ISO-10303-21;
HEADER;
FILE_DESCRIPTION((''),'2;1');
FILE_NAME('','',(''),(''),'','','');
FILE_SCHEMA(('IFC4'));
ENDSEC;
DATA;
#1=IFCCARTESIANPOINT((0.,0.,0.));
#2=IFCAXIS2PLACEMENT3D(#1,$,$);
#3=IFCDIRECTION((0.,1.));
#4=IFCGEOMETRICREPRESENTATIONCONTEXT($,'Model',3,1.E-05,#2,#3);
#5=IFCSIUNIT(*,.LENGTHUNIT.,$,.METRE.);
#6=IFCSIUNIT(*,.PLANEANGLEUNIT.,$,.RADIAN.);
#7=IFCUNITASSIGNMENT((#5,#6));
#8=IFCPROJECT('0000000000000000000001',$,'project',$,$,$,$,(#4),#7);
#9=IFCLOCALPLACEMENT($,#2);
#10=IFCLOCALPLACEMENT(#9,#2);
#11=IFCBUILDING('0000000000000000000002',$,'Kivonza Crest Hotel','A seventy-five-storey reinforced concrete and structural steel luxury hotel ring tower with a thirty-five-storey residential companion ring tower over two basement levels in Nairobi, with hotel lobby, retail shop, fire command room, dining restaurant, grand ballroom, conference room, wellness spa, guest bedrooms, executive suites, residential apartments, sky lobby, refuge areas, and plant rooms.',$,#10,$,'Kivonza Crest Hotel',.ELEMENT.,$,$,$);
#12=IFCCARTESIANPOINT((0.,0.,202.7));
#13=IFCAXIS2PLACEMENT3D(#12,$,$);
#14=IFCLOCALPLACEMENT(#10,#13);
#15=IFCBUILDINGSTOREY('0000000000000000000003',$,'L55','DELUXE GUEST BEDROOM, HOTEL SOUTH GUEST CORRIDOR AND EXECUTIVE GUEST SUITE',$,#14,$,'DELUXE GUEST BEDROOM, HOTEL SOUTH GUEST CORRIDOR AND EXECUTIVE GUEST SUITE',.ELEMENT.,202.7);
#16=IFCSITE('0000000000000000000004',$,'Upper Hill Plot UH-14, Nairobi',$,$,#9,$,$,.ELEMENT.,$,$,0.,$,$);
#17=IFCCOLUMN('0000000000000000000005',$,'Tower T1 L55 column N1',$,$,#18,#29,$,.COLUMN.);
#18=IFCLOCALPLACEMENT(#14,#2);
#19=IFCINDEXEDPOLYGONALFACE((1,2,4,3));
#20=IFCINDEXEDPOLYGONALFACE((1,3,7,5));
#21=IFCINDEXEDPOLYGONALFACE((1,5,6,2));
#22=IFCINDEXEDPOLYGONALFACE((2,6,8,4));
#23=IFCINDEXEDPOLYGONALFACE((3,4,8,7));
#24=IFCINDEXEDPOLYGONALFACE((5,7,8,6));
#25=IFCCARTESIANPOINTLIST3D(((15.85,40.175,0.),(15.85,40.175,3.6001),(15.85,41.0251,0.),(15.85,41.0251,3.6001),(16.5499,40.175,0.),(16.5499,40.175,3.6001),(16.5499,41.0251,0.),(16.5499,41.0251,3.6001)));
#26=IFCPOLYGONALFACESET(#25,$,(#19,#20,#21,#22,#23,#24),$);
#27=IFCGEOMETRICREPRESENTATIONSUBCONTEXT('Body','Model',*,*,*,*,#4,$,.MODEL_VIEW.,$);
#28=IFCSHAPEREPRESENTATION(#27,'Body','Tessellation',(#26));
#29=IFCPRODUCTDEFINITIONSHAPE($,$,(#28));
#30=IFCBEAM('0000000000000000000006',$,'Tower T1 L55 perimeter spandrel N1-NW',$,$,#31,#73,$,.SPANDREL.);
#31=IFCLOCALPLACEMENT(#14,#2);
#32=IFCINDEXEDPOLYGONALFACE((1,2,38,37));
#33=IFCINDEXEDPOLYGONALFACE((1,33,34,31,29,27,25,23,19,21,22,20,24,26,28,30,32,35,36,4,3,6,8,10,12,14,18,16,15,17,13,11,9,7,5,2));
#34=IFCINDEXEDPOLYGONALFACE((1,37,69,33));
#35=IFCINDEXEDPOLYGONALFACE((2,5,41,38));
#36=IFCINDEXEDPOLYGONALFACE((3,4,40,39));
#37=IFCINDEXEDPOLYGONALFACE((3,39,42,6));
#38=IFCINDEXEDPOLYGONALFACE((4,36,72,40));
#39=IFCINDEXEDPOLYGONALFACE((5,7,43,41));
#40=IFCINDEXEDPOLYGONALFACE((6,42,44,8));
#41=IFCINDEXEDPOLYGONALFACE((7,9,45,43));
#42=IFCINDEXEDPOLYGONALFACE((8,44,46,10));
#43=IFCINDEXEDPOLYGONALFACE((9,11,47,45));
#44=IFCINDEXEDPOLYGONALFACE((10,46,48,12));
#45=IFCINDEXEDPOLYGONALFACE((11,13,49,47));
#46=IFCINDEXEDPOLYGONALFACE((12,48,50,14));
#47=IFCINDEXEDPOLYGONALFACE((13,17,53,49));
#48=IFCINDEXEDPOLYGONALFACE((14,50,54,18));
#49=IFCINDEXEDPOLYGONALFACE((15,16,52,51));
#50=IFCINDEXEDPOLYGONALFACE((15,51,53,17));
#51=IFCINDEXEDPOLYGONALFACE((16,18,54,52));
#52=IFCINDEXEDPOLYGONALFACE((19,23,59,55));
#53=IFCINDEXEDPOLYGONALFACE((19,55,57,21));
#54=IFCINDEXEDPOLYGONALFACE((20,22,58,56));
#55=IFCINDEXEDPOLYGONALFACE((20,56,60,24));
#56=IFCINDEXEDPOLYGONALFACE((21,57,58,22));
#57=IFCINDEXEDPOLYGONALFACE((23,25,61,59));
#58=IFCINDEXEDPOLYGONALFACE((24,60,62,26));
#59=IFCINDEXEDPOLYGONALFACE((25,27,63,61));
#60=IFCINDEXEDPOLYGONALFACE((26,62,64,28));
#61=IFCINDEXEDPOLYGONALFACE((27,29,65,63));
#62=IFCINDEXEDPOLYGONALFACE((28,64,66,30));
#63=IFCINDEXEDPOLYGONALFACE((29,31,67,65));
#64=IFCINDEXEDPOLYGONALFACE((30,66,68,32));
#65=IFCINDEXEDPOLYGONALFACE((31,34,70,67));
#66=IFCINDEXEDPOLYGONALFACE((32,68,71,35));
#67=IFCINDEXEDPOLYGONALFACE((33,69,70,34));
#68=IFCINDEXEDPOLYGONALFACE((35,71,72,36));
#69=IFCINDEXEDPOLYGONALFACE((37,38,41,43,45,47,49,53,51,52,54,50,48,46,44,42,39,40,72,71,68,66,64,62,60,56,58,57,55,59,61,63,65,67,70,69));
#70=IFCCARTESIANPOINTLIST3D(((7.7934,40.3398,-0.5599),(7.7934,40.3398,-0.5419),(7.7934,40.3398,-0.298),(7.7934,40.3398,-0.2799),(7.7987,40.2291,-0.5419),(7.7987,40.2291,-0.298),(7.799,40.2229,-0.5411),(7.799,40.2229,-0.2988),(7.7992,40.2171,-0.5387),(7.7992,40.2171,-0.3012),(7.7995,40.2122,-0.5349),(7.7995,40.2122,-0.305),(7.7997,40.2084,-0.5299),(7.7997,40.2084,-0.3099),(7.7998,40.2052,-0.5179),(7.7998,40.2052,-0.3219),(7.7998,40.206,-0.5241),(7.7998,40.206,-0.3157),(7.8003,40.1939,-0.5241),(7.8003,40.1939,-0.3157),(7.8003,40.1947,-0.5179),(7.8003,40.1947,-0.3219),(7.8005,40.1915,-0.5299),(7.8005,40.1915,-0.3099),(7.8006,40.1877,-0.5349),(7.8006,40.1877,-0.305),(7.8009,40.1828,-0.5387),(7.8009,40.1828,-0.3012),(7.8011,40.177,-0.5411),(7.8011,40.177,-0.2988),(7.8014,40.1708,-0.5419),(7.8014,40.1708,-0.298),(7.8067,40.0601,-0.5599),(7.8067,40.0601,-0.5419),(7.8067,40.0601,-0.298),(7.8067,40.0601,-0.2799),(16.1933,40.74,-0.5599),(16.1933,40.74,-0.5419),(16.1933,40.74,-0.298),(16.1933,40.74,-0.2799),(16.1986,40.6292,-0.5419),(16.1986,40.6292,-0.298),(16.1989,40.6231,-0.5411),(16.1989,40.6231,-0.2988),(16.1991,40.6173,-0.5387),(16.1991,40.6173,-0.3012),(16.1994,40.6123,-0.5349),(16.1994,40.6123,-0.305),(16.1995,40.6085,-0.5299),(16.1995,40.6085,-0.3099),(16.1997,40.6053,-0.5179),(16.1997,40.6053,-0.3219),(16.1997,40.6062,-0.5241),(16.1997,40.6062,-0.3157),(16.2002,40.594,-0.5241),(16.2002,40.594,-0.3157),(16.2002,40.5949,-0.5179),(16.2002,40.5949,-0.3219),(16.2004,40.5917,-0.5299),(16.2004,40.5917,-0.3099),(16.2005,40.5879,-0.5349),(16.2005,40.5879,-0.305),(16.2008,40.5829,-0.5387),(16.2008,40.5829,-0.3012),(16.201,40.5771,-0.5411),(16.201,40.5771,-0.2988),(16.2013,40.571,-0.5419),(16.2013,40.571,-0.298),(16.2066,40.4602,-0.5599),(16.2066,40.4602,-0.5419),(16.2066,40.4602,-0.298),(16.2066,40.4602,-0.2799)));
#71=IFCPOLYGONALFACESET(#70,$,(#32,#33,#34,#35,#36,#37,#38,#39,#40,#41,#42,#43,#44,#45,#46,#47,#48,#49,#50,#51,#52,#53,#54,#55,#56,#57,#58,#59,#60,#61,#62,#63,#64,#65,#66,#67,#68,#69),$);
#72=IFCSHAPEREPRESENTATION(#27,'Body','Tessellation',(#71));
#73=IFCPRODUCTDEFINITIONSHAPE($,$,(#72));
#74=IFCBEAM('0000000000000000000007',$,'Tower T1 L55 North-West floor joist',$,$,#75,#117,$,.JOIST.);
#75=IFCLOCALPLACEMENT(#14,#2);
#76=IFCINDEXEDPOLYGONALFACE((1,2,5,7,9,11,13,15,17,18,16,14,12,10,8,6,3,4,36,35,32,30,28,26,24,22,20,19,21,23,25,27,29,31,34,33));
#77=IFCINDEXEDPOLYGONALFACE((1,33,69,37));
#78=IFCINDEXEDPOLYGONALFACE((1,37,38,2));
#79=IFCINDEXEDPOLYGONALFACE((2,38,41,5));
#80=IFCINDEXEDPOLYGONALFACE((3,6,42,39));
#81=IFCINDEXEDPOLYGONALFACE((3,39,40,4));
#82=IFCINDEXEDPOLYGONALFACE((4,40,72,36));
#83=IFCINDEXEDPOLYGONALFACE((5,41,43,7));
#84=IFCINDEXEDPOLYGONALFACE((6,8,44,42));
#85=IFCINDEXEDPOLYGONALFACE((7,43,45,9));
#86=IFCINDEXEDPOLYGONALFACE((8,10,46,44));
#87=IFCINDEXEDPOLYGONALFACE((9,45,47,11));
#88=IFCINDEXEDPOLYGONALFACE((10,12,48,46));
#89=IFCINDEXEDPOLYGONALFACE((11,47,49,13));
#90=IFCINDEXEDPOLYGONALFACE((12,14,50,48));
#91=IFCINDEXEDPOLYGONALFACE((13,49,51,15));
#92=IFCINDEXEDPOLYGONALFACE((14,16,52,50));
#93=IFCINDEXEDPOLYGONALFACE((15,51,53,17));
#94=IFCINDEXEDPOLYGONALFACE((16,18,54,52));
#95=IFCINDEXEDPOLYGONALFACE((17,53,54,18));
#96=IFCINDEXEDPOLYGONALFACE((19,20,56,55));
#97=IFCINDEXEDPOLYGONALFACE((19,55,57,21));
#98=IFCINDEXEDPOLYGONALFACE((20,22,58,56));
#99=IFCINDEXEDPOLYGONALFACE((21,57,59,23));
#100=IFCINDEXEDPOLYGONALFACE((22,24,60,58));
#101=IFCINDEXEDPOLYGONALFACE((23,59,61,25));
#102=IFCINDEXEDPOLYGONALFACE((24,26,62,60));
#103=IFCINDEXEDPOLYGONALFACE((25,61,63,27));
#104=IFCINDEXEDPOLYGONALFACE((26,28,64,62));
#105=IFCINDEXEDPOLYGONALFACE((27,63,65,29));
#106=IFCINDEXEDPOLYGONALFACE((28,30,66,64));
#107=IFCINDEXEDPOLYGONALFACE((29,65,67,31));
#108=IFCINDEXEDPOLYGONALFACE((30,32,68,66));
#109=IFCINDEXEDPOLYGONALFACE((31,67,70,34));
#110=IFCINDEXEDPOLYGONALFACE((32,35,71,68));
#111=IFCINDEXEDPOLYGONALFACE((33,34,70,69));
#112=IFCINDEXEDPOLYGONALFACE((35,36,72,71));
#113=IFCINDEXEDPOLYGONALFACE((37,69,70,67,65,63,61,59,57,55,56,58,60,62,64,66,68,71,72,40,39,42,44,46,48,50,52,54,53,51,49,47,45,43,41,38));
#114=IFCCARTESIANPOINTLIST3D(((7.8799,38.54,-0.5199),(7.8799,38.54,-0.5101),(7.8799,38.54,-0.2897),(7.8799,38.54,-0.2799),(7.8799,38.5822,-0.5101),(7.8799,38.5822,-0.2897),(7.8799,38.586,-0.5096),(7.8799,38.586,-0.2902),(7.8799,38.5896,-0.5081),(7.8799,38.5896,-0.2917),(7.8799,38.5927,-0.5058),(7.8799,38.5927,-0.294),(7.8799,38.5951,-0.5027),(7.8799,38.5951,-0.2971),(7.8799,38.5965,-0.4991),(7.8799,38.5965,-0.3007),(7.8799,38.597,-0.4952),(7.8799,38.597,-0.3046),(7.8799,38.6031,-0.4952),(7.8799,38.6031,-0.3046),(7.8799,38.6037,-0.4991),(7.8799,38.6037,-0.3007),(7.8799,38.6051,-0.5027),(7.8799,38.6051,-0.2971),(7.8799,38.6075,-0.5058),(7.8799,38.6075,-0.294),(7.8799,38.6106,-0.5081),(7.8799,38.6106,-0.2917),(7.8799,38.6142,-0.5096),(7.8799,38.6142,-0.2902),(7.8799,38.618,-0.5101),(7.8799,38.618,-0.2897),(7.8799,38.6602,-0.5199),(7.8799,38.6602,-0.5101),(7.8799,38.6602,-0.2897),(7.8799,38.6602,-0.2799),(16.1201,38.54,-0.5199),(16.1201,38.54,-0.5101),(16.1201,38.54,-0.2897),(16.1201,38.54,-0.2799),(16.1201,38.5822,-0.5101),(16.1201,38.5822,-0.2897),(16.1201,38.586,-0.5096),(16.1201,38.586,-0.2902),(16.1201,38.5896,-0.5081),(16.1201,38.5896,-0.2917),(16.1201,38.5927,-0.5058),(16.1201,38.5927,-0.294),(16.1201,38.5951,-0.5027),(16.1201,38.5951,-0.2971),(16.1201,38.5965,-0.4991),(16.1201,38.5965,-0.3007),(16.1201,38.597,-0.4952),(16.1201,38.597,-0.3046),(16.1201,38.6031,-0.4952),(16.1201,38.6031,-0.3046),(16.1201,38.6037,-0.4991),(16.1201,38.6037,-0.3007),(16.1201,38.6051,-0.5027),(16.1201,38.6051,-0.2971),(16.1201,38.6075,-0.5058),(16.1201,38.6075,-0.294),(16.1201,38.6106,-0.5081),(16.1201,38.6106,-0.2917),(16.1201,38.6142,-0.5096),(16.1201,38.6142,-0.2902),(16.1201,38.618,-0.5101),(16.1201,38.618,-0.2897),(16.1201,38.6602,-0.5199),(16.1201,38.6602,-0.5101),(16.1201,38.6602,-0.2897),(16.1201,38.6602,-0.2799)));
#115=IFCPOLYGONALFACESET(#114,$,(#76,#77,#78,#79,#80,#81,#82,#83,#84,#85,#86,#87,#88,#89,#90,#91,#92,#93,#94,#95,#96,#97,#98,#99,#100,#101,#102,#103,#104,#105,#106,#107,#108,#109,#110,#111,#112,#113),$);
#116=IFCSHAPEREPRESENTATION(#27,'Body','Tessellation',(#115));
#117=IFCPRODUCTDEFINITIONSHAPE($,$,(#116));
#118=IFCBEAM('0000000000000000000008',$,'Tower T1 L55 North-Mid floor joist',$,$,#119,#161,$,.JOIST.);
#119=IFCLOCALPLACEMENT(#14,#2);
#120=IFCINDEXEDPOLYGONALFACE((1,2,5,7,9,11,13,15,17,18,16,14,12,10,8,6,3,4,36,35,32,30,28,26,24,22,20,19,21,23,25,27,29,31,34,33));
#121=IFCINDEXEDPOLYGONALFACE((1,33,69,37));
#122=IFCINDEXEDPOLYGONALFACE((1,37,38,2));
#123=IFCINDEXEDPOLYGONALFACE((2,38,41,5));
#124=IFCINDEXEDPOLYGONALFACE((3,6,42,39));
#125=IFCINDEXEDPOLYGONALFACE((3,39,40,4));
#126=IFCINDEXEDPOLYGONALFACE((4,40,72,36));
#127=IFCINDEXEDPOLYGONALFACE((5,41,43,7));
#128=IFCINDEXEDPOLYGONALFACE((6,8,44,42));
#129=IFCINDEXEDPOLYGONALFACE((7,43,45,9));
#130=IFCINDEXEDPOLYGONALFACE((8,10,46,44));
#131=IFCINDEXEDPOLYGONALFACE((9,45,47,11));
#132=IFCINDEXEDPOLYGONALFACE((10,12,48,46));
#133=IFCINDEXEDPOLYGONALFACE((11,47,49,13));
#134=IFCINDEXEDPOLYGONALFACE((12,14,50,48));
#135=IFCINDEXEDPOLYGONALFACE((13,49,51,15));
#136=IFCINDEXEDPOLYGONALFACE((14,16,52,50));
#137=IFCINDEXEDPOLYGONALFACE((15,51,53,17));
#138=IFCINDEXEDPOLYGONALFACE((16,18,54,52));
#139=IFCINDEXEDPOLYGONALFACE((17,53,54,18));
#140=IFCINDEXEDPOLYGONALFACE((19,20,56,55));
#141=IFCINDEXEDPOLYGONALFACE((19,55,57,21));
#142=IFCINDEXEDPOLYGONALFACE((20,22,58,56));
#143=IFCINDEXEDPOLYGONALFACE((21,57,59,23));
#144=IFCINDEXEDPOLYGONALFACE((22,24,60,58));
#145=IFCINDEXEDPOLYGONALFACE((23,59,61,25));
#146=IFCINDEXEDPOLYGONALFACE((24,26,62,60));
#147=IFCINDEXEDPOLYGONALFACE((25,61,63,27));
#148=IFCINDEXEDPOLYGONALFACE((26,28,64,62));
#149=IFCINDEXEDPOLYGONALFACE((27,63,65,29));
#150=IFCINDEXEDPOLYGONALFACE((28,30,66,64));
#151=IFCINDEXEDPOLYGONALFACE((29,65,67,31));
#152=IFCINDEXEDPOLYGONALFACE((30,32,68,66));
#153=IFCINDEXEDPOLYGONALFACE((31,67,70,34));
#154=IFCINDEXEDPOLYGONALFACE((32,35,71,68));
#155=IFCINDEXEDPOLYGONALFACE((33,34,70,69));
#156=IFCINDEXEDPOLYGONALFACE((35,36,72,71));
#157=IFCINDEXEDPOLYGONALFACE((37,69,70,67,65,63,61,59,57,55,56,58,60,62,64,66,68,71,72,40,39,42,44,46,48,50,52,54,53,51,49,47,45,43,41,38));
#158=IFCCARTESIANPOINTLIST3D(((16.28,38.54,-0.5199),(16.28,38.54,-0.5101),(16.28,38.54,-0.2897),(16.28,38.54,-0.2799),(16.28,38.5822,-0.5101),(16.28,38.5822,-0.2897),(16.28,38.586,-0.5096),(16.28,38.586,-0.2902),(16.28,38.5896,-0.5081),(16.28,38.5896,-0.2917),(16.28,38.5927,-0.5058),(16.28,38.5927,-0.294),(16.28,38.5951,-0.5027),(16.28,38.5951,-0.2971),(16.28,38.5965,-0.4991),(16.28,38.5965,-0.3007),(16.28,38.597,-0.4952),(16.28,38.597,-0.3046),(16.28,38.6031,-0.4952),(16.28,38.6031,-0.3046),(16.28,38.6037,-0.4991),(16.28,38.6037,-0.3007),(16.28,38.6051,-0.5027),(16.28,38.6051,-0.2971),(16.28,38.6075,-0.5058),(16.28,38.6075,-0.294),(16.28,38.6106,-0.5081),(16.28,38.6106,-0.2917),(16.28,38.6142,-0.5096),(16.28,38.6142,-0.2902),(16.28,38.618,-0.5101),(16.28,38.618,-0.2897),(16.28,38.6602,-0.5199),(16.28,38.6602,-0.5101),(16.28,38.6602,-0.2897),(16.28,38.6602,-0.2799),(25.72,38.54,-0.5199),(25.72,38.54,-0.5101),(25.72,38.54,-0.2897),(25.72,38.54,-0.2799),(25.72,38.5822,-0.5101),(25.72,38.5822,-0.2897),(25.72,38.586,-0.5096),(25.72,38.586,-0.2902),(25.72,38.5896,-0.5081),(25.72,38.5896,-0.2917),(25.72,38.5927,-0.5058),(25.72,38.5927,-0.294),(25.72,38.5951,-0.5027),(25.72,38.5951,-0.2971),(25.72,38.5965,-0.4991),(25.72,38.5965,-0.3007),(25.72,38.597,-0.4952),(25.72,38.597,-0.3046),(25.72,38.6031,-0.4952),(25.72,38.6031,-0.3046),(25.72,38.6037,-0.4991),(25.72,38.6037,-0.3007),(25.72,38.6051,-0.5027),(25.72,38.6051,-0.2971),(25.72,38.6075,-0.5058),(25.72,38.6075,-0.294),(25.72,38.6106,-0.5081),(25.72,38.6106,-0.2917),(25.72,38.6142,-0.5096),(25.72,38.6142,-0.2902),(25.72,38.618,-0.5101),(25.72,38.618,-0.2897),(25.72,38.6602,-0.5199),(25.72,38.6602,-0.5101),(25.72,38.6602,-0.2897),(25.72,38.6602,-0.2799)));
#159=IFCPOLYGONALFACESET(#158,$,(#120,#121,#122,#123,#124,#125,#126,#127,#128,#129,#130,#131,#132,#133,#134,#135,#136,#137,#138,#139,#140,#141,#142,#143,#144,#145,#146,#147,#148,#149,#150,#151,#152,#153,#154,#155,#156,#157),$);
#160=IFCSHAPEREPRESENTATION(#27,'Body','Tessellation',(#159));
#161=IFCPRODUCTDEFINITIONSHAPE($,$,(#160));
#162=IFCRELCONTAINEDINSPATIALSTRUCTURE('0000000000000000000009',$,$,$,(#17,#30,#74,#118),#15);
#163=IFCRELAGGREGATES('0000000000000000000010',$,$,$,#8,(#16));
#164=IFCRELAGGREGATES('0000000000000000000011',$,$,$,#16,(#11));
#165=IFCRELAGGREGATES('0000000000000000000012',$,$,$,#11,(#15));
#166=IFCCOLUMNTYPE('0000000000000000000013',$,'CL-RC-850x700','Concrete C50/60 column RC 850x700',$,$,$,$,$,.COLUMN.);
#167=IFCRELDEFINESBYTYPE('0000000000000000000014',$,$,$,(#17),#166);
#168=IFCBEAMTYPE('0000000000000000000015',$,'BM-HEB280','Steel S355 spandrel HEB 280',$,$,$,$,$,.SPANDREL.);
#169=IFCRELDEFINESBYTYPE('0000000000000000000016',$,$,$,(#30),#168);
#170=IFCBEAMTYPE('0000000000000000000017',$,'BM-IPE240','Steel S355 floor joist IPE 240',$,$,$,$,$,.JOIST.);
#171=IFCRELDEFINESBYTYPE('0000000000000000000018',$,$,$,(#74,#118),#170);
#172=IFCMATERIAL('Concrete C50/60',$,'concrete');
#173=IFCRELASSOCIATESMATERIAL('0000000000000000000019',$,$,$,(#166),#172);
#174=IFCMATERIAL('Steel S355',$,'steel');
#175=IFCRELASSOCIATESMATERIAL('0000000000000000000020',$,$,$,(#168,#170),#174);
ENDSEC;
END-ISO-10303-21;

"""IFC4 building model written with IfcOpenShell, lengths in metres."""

from ifc_helpers import new_model, si_unit, direction, frame, origin, origin_2d, place, context, subcontext, project, spatial, rectangle, i_section, extrude, material, material_profile, profile_set, type_object, element, save


model = new_model("IFC4")

# Units and contexts
model_context = context("Model", 3, precision=1e-05, world=origin(), true_north=direction((0.0, 1.0)))
body_context = subcontext(model_context, "Body", "Model", "MODEL_VIEW")
ifc_project = project(units=[si_unit("LENGTHUNIT", "METRE"), si_unit("PLANEANGLEUNIT", "RADIAN")], contexts=[model_context])

# Site, building, storey
site_placement = place(None, origin())
site = spatial("IfcSite", under=ifc_project, at=site_placement, Name="Upper Hill Plot UH-14, Nairobi", CompositionType="ELEMENT", RefElevation=0.0)
building_placement = place(site_placement, origin())
building = spatial("IfcBuilding", under=site, at=building_placement, Name="Kivonza Crest Hotel", Description="A seventy-five-storey reinforced concrete and structural steel luxury hotel ring tower with a thirty-five-storey residential companion ring tower over two basement levels in Nairobi, with hotel lobby, retail shop, fire command room, dining restaurant, grand ballroom, conference room, wellness spa, guest bedrooms, executive suites, residential apartments, sky lobby, refuge areas, and plant rooms.", LongName="Kivonza Crest Hotel", CompositionType="ELEMENT")
storey_placement = place(building_placement, frame((0.0, 0.0, 202.7)))
storey = spatial("IfcBuildingStorey", under=building, at=storey_placement, Name="L55", Description="DELUXE GUEST BEDROOM, HOTEL SOUTH GUEST CORRIDOR AND EXECUTIVE GUEST SUITE", LongName="DELUXE GUEST BEDROOM, HOTEL SOUTH GUEST CORRIDOR AND EXECUTIVE GUEST SUITE", CompositionType="ELEMENT", Elevation=202.7)

# Column
ifc_material_1 = material(Name="Concrete C50/60", Category="concrete")
ifc_material_profile_1 = material_profile(ifc_material_1, rectangle(XDim=0.7, YDim=0.8501, at=origin_2d()), Name="RC 850x700")
ifc_profile_set_1 = profile_set([ifc_material_profile_1], Name="Concrete C50/60")
column_type = type_object("IfcColumnType", Name="CL-RC-850x700", Description="Concrete C50/60 column RC 850x700", PredefinedType="COLUMN", material=ifc_profile_set_1)
column_placement = place(storey_placement, frame((16.2, 40.6001, 0.0), z_axis=(0.0, 0.0, 1.0), x_axis=(1.0, 0.0, 0.0)))
element("IfcColumn", 1, at=column_placement, inside=storey, type_object=column_type, Name="Tower T1 L55 column N1", PredefinedType="COLUMN", context=body_context, shape_type="SweptSolid", body=[
    extrude(rectangle(XDim=0.7, YDim=0.8501, at=origin_2d()), origin(), (0.0, 0.0, 1.0), 3.6001),
])

# Beams
ifc_material_2 = material(Name="Steel S355", Category="steel")
ifc_material_profile_2 = material_profile(ifc_material_2, i_section(OverallWidth=0.28, OverallDepth=0.28, WebThickness=0.0105, FlangeThickness=0.0181, FilletRadius=0.0239, at=origin_2d()), Name="HEB 280")
ifc_profile_set_2 = profile_set([ifc_material_profile_2], Name="Steel S355")
beam_type_1 = type_object("IfcBeamType", Name="BM-HEB280", Description="Steel S355 spandrel HEB 280", PredefinedType="SPANDREL", material=ifc_profile_set_2)
beam_1_placement = place(storey_placement, frame((16.2, 40.6001, -0.4199), z_axis=(-0.998867, -0.047583, 0.0), x_axis=(0.047583, -0.998867, 0.0)))
element("IfcBeam", 2, at=beam_1_placement, inside=storey, type_object=beam_type_1, Name="Tower T1 L55 perimeter spandrel N1-NW", PredefinedType="SPANDREL", context=body_context, shape_type="SweptSolid", body=[
    extrude(i_section(OverallWidth=0.28, OverallDepth=0.28, WebThickness=0.0105, FlangeThickness=0.0181, FilletRadius=0.0239, at=origin_2d()), origin(), (0.0, 0.0, 1.0), 8.4094),
])
ifc_material_profile_3 = material_profile(ifc_material_2, i_section(OverallWidth=0.1201, OverallDepth=0.24, WebThickness=0.0061, FlangeThickness=0.0098, FilletRadius=0.0149, at=origin_2d()), Name="IPE 240")
ifc_profile_set_3 = profile_set([ifc_material_profile_3], Name="Steel S355")
beam_type_2 = type_object("IfcBeamType", Name="BM-IPE240", Description="Steel S355 floor joist IPE 240", PredefinedType="JOIST", material=ifc_profile_set_3)
beam_2_placement = place(storey_placement, frame((7.8799, 38.6001, -0.3999), z_axis=(1.0, 0.0, 0.0), x_axis=(0.0, 1.0, 0.0)))
element("IfcBeam", 3, at=beam_2_placement, inside=storey, type_object=beam_type_2, Name="Tower T1 L55 North-West floor joist", PredefinedType="JOIST", context=body_context, shape_type="SweptSolid", body=[
    extrude(i_section(OverallWidth=0.1201, OverallDepth=0.24, WebThickness=0.0061, FlangeThickness=0.0098, FilletRadius=0.0149, at=origin_2d()), origin(), (0.0, 0.0, 1.0), 8.2402),
])
beam_3_placement = place(storey_placement, frame((16.28, 38.6001, -0.3999), z_axis=(1.0, 0.0, 0.0), x_axis=(0.0, 1.0, 0.0)))
element("IfcBeam", 4, at=beam_3_placement, inside=storey, type_object=beam_type_2, Name="Tower T1 L55 North-Mid floor joist", PredefinedType="JOIST", context=body_context, shape_type="SweptSolid", body=[
    extrude(i_section(OverallWidth=0.1201, OverallDepth=0.24, WebThickness=0.0061, FlangeThickness=0.0098, FilletRadius=0.0149, at=origin_2d()), origin(), (0.0, 0.0, 1.0), 9.4399),
])

save(model, "model.ifc")
